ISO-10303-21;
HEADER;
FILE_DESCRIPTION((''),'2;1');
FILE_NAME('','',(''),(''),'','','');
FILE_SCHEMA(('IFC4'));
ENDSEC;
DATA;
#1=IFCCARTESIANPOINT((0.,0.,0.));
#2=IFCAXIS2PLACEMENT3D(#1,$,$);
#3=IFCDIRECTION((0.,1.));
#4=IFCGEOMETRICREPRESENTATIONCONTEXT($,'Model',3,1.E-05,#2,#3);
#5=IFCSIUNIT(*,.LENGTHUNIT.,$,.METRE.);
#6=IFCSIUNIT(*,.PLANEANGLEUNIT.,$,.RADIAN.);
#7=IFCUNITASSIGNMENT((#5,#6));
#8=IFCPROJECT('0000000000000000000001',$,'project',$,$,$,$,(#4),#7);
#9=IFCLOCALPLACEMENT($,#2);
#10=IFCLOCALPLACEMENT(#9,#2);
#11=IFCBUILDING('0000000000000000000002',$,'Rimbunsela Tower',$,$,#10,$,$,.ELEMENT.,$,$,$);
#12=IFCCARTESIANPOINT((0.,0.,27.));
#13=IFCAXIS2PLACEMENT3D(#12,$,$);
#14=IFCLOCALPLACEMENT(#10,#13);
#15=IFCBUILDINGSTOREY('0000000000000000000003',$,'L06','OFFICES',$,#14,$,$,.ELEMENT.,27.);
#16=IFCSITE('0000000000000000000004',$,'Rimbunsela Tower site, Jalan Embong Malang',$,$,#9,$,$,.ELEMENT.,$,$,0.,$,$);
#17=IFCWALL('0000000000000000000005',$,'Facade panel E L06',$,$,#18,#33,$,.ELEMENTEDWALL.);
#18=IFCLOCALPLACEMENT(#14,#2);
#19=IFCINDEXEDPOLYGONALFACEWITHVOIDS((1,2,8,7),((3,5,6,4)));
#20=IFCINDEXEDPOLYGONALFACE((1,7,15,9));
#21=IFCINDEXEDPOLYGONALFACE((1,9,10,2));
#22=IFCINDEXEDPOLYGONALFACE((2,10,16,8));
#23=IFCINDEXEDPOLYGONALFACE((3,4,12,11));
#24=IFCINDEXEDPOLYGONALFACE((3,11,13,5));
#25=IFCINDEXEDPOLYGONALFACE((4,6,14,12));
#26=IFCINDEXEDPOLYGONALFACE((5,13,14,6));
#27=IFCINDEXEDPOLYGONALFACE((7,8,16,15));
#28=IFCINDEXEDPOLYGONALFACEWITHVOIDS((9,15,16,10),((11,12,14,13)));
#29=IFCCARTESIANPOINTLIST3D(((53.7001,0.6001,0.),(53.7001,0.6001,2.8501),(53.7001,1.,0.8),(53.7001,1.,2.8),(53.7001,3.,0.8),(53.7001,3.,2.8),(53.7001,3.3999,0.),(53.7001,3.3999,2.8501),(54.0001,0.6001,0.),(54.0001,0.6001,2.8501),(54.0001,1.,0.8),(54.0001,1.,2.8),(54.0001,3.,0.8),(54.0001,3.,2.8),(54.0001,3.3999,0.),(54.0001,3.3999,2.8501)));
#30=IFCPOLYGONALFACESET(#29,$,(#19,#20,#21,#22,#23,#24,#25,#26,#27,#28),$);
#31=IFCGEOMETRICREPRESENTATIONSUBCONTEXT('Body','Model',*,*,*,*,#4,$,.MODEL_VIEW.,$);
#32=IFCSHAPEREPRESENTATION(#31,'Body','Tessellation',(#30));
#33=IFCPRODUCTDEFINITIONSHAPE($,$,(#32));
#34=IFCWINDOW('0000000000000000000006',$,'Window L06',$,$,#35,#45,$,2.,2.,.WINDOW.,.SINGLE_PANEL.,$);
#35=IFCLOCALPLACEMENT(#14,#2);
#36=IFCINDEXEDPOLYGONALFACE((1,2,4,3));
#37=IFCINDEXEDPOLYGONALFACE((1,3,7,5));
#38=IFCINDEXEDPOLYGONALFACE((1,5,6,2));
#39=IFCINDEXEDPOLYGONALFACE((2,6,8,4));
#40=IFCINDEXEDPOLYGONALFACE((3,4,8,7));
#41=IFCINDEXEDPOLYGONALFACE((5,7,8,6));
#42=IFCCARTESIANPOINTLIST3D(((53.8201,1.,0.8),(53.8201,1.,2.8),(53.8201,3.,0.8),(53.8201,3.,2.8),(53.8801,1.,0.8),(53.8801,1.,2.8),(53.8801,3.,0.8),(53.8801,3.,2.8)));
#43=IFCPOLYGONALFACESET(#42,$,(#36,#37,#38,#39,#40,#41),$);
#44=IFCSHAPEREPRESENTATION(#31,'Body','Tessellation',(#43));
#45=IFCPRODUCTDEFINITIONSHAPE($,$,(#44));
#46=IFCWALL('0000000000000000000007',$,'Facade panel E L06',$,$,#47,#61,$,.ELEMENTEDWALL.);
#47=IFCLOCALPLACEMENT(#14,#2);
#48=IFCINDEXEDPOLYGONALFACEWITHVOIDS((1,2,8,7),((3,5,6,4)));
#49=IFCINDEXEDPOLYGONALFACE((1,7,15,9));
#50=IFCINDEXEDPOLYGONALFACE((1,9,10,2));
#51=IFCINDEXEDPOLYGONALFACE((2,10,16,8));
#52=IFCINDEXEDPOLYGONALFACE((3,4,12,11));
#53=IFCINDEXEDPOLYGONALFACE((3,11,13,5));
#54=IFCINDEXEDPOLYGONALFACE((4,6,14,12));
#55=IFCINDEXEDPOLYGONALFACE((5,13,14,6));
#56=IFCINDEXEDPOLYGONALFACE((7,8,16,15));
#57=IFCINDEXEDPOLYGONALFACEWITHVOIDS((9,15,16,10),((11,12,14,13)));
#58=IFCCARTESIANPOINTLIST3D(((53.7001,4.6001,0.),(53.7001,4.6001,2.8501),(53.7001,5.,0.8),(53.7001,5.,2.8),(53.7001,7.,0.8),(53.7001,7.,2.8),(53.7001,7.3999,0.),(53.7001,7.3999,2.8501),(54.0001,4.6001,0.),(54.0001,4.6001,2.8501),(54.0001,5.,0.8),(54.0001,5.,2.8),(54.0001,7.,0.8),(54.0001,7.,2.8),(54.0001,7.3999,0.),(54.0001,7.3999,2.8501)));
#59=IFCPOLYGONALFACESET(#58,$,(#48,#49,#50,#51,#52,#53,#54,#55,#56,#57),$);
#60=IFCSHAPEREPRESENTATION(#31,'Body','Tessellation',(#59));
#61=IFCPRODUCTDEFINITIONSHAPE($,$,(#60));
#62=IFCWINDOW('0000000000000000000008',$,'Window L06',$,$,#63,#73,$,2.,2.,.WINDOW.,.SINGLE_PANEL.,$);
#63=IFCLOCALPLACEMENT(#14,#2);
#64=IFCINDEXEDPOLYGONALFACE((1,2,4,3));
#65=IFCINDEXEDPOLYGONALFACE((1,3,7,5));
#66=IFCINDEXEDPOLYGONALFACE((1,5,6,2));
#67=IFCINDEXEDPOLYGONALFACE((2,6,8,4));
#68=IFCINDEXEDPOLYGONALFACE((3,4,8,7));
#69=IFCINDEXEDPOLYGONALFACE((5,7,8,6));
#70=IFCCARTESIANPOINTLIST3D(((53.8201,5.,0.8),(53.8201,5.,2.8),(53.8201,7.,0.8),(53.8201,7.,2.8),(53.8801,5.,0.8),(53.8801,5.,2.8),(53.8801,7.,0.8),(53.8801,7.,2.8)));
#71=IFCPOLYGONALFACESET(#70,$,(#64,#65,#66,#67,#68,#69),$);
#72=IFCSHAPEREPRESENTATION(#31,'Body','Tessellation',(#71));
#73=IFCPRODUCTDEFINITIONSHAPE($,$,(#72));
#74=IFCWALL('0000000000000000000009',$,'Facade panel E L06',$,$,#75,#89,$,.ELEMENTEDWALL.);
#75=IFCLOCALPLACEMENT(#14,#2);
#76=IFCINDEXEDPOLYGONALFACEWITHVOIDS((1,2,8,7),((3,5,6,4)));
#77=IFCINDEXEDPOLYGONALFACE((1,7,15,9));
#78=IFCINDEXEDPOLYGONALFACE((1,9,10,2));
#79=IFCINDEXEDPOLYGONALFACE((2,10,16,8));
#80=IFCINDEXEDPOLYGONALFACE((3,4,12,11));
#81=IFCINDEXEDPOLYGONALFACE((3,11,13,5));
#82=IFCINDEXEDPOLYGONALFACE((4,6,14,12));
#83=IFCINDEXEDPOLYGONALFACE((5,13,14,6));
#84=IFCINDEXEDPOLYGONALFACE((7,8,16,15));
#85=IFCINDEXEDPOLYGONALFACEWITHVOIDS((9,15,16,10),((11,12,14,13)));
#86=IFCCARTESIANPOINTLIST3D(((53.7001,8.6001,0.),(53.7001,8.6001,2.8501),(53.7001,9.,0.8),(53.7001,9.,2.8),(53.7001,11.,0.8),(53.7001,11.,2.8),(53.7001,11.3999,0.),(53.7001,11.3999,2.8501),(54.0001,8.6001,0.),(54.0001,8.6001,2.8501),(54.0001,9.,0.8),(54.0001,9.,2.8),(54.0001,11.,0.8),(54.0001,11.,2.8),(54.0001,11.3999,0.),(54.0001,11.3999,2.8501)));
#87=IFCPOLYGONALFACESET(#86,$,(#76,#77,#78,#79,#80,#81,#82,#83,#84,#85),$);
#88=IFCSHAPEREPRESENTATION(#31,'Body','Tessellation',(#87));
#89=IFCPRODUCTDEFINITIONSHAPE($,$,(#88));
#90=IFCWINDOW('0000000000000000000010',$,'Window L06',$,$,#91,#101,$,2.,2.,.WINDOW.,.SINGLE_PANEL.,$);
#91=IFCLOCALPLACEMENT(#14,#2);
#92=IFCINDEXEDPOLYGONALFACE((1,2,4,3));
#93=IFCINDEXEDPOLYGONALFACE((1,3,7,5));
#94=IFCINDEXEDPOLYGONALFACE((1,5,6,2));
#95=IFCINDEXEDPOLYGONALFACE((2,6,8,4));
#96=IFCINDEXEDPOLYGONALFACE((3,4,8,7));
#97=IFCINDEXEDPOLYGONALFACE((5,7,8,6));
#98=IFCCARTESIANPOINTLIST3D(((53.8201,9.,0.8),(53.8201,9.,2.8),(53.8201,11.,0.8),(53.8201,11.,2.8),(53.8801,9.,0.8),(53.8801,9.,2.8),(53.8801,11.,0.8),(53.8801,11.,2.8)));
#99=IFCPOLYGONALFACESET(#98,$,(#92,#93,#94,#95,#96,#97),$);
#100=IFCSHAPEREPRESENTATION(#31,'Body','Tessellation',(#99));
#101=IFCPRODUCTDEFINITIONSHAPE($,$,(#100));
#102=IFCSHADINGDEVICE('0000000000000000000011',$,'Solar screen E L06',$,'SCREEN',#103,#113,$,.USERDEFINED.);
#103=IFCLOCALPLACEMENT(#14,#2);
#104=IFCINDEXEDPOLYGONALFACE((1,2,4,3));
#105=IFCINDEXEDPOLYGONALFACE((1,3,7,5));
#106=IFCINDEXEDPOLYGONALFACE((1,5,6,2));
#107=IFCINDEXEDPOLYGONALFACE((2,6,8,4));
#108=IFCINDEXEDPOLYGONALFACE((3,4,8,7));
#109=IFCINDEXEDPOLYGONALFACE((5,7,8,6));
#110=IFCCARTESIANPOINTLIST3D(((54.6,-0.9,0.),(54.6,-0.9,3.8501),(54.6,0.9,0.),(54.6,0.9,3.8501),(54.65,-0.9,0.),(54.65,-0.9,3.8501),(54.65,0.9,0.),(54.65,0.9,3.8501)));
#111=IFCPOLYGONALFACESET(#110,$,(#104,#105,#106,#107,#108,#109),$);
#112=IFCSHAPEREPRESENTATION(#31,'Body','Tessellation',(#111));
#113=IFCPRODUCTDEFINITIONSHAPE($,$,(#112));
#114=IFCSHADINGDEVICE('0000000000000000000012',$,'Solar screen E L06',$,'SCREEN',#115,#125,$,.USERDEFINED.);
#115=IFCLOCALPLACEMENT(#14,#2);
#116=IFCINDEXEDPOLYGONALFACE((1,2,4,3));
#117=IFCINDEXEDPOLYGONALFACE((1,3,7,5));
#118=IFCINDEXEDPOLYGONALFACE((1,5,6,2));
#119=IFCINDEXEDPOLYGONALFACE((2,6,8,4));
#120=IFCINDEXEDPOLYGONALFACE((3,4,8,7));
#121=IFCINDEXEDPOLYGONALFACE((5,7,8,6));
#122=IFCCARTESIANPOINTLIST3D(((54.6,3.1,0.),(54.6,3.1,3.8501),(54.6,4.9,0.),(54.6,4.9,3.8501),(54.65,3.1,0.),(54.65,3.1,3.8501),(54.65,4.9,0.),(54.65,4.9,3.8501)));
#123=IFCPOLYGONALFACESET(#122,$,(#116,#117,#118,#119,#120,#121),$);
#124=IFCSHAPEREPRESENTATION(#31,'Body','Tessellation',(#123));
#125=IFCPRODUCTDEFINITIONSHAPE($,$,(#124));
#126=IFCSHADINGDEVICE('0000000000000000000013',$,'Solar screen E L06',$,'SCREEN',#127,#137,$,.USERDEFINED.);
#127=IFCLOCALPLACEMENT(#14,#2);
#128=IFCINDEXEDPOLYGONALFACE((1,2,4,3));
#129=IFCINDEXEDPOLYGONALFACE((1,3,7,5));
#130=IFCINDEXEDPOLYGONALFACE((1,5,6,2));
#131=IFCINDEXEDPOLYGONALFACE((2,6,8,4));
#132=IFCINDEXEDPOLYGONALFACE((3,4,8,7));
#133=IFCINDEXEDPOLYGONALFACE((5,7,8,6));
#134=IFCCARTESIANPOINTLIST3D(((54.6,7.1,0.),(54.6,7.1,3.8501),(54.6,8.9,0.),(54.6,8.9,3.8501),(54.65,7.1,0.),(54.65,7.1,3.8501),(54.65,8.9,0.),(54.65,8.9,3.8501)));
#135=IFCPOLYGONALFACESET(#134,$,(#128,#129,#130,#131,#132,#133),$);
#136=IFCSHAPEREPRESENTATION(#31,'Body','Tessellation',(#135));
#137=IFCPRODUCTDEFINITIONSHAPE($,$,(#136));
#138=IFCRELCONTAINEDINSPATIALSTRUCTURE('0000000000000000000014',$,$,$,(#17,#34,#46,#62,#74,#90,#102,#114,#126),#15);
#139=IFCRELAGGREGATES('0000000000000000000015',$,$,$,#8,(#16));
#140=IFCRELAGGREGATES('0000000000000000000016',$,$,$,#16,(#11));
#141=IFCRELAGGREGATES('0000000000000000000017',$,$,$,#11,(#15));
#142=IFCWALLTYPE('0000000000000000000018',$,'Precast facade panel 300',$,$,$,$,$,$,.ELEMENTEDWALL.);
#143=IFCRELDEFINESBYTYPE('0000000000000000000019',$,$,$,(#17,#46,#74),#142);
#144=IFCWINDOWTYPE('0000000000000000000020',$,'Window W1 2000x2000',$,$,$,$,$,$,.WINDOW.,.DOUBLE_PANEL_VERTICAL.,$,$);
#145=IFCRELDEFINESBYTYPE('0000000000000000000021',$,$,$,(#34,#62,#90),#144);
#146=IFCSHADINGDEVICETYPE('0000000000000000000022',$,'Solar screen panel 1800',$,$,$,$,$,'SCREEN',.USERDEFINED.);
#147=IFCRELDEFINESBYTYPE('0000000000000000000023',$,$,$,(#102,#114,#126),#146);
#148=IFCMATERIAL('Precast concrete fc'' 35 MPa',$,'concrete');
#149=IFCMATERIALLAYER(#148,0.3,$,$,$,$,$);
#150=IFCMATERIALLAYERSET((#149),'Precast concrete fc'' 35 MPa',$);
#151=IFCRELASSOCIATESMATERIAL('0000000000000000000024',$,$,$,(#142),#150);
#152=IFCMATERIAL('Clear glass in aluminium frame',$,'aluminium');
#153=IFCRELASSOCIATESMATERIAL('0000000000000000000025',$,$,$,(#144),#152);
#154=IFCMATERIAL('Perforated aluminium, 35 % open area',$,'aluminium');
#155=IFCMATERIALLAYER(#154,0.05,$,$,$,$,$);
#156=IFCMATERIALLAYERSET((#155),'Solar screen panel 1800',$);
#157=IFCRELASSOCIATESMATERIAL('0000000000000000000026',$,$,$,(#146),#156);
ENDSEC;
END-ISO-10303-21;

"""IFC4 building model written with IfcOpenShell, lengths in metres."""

from ifc_helpers import new_model, si_unit, direction, frame, frame_2d, origin, origin_2d, place, context, subcontext, project, spatial, rectangle, extrude, material, layer, layer_set, type_object, element, fill, save


model = new_model("IFC4")

# Units and contexts
model_context = context("Model", 3, precision=1e-05, world=origin(), true_north=direction((0.0, 1.0)))
body_context = subcontext(model_context, "Body", "Model", "MODEL_VIEW")
ifc_project = project(units=[si_unit("LENGTHUNIT", "METRE"), si_unit("PLANEANGLEUNIT", "RADIAN")], contexts=[model_context])

# Site, building, storey
site_placement = place(None, origin())
site = spatial("IfcSite", under=ifc_project, at=site_placement, Name="Rimbunsela Tower site, Jalan Embong Malang", CompositionType="ELEMENT", RefElevation=0.0)
building_placement = place(site_placement, origin())
building = spatial("IfcBuilding", under=site, at=building_placement, Name="Rimbunsela Tower", CompositionType="ELEMENT")
storey_placement = place(building_placement, frame((0.0, 0.0, 27.0)))
storey = spatial("IfcBuildingStorey", under=building, at=storey_placement, Name="L06", Description="OFFICES", CompositionType="ELEMENT", Elevation=27.0)

# Walls, openings, windows
ifc_material_1 = material(Name="Precast concrete fc' 35 MPa", Category="concrete")
ifc_layer_1 = layer(ifc_material_1, 0.3)
ifc_layer_set_1 = layer_set([ifc_layer_1], Name="Precast concrete fc' 35 MPa")
wall_type = type_object("IfcWallType", Name="Precast facade panel 300", PredefinedType="ELEMENTEDWALL", material=ifc_layer_set_1)
wall_1_placement = place(storey_placement, frame((53.8501, 0.6001, 0.0), z_axis=(0.0, 0.0, 1.0), x_axis=(0.0, 1.0, 0.0)))
wall_1 = element("IfcWall", 1, at=wall_1_placement, inside=storey, type_object=wall_type, Name="Facade panel E L06", PredefinedType="ELEMENTEDWALL", context=body_context, shape_type="SweptSolid", body=[
    extrude(rectangle(XDim=2.7998, YDim=0.3, at=frame_2d((1.3999, 0.0))), origin(), (0.0, 0.0, 1.0), 2.8501),
])
opening_1_placement = place(wall_1_placement, frame((0.3999, 0.0, 0.8)))
opening_1 = element("IfcOpeningElement", 2, at=opening_1_placement, cuts=wall_1, PredefinedType="OPENING", context=body_context, shape_type="SweptSolid", body=[
    extrude(rectangle(XDim=2.0, YDim=2.0, at=frame_2d((1.0, 1.0))), frame((0.0, 0.1599, 0.0), z_axis=(0.0, -1.0, 0.0), x_axis=(1.0, 0.0, 0.0)), (0.0, 0.0, 1.0), 0.3201),
])
ifc_material_2 = material(Name="Clear glass in aluminium frame", Category="aluminium")
window_type = type_object("IfcWindowType", Name="Window W1 2000x2000", PartitioningType="DOUBLE_PANEL_VERTICAL", PredefinedType="WINDOW", material=ifc_material_2)
window_1_placement = place(opening_1_placement, origin())
window_1 = element("IfcWindow", 3, at=window_1_placement, inside=storey, type_object=window_type, Name="Window L06", OverallHeight=2.0, OverallWidth=2.0, PartitioningType="SINGLE_PANEL", PredefinedType="WINDOW", context=body_context, shape_type="SweptSolid", body=[
    extrude(rectangle(XDim=2.0, YDim=2.0, at=frame_2d((1.0, 1.0))), frame((0.0, 0.03, 0.0), z_axis=(0.0, -1.0, 0.0), x_axis=(1.0, 0.0, 0.0)), (0.0, 0.0, 1.0), 0.0601),
])
fill(opening_1, window_1)
wall_2_placement = place(storey_placement, frame((53.8501, 4.6001, 0.0), z_axis=(0.0, 0.0, 1.0), x_axis=(0.0, 1.0, 0.0)))
wall_2 = element("IfcWall", 4, at=wall_2_placement, inside=storey, type_object=wall_type, Name="Facade panel E L06", PredefinedType="ELEMENTEDWALL", context=body_context, shape_type="SweptSolid", body=[
    extrude(rectangle(XDim=2.7998, YDim=0.3, at=frame_2d((1.3999, 0.0))), origin(), (0.0, 0.0, 1.0), 2.8501),
])
opening_2_placement = place(wall_2_placement, frame((0.3999, 0.0, 0.8)))
opening_2 = element("IfcOpeningElement", 5, at=opening_2_placement, cuts=wall_2, PredefinedType="OPENING", context=body_context, shape_type="SweptSolid", body=[
    extrude(rectangle(XDim=2.0, YDim=2.0, at=frame_2d((1.0, 1.0))), frame((0.0, 0.1599, 0.0), z_axis=(0.0, -1.0, 0.0), x_axis=(1.0, 0.0, 0.0)), (0.0, 0.0, 1.0), 0.3201),
])
window_2_placement = place(opening_2_placement, origin())
window_2 = element("IfcWindow", 6, at=window_2_placement, inside=storey, type_object=window_type, Name="Window L06", OverallHeight=2.0, OverallWidth=2.0, PartitioningType="SINGLE_PANEL", PredefinedType="WINDOW", context=body_context, shape_type="SweptSolid", body=[
    extrude(rectangle(XDim=2.0, YDim=2.0, at=frame_2d((1.0, 1.0))), frame((0.0, 0.03, 0.0), z_axis=(0.0, -1.0, 0.0), x_axis=(1.0, 0.0, 0.0)), (0.0, 0.0, 1.0), 0.0601),
])
fill(opening_2, window_2)
wall_3_placement = place(storey_placement, frame((53.8501, 8.6001, 0.0), z_axis=(0.0, 0.0, 1.0), x_axis=(0.0, 1.0, 0.0)))
wall_3 = element("IfcWall", 7, at=wall_3_placement, inside=storey, type_object=wall_type, Name="Facade panel E L06", PredefinedType="ELEMENTEDWALL", context=body_context, shape_type="SweptSolid", body=[
    extrude(rectangle(XDim=2.7998, YDim=0.3, at=frame_2d((1.3999, 0.0))), origin(), (0.0, 0.0, 1.0), 2.8501),
])
opening_3_placement = place(wall_3_placement, frame((0.3999, 0.0, 0.8)))
opening_3 = element("IfcOpeningElement", 8, at=opening_3_placement, cuts=wall_3, PredefinedType="OPENING", context=body_context, shape_type="SweptSolid", body=[
    extrude(rectangle(XDim=2.0, YDim=2.0, at=frame_2d((1.0, 1.0))), frame((0.0, 0.1599, 0.0), z_axis=(0.0, -1.0, 0.0), x_axis=(1.0, 0.0, 0.0)), (0.0, 0.0, 1.0), 0.3201),
])
window_3_placement = place(opening_3_placement, origin())
window_3 = element("IfcWindow", 9, at=window_3_placement, inside=storey, type_object=window_type, Name="Window L06", OverallHeight=2.0, OverallWidth=2.0, PartitioningType="SINGLE_PANEL", PredefinedType="WINDOW", context=body_context, shape_type="SweptSolid", body=[
    extrude(rectangle(XDim=2.0, YDim=2.0, at=frame_2d((1.0, 1.0))), frame((0.0, 0.03, 0.0), z_axis=(0.0, -1.0, 0.0), x_axis=(1.0, 0.0, 0.0)), (0.0, 0.0, 1.0), 0.0601),
])
fill(opening_3, window_3)

# Shading devices
ifc_material_3 = material(Name="Perforated aluminium, 35 % open area", Category="aluminium")
ifc_layer_2 = layer(ifc_material_3, 0.05)
ifc_layer_set_2 = layer_set([ifc_layer_2], Name="Solar screen panel 1800")
shading_device_type = type_object("IfcShadingDeviceType", Name="Solar screen panel 1800", ElementType="SCREEN", PredefinedType="USERDEFINED", material=ifc_layer_set_2)
for number, where, z_axis, x_axis, name in (
    (10, (54.625, 0.0, 0.0), (0.0, 0.0, 1.0), (0.0, 1.0, 0.0), "Solar screen E L06"),
    (11, (54.625, 4.0, 0.0), (0.0, 0.0, 1.0), (0.0, 1.0, 0.0), "Solar screen E L06"),
    (12, (54.625, 8.0, 0.0), (0.0, 0.0, 1.0), (0.0, 1.0, 0.0), "Solar screen E L06"),
):
    element("IfcShadingDevice", number, at=place(storey_placement, frame(where, z_axis=z_axis, x_axis=x_axis)), inside=storey, type_object=shading_device_type, Name=name, ObjectType="SCREEN", PredefinedType="USERDEFINED", context=body_context, shape_type="SweptSolid", body=[
        extrude(rectangle(XDim=1.8, YDim=0.05, at=origin_2d()), origin(), (0.0, 0.0, 1.0), 3.8501),
    ])

save(model, "model.ifc")
